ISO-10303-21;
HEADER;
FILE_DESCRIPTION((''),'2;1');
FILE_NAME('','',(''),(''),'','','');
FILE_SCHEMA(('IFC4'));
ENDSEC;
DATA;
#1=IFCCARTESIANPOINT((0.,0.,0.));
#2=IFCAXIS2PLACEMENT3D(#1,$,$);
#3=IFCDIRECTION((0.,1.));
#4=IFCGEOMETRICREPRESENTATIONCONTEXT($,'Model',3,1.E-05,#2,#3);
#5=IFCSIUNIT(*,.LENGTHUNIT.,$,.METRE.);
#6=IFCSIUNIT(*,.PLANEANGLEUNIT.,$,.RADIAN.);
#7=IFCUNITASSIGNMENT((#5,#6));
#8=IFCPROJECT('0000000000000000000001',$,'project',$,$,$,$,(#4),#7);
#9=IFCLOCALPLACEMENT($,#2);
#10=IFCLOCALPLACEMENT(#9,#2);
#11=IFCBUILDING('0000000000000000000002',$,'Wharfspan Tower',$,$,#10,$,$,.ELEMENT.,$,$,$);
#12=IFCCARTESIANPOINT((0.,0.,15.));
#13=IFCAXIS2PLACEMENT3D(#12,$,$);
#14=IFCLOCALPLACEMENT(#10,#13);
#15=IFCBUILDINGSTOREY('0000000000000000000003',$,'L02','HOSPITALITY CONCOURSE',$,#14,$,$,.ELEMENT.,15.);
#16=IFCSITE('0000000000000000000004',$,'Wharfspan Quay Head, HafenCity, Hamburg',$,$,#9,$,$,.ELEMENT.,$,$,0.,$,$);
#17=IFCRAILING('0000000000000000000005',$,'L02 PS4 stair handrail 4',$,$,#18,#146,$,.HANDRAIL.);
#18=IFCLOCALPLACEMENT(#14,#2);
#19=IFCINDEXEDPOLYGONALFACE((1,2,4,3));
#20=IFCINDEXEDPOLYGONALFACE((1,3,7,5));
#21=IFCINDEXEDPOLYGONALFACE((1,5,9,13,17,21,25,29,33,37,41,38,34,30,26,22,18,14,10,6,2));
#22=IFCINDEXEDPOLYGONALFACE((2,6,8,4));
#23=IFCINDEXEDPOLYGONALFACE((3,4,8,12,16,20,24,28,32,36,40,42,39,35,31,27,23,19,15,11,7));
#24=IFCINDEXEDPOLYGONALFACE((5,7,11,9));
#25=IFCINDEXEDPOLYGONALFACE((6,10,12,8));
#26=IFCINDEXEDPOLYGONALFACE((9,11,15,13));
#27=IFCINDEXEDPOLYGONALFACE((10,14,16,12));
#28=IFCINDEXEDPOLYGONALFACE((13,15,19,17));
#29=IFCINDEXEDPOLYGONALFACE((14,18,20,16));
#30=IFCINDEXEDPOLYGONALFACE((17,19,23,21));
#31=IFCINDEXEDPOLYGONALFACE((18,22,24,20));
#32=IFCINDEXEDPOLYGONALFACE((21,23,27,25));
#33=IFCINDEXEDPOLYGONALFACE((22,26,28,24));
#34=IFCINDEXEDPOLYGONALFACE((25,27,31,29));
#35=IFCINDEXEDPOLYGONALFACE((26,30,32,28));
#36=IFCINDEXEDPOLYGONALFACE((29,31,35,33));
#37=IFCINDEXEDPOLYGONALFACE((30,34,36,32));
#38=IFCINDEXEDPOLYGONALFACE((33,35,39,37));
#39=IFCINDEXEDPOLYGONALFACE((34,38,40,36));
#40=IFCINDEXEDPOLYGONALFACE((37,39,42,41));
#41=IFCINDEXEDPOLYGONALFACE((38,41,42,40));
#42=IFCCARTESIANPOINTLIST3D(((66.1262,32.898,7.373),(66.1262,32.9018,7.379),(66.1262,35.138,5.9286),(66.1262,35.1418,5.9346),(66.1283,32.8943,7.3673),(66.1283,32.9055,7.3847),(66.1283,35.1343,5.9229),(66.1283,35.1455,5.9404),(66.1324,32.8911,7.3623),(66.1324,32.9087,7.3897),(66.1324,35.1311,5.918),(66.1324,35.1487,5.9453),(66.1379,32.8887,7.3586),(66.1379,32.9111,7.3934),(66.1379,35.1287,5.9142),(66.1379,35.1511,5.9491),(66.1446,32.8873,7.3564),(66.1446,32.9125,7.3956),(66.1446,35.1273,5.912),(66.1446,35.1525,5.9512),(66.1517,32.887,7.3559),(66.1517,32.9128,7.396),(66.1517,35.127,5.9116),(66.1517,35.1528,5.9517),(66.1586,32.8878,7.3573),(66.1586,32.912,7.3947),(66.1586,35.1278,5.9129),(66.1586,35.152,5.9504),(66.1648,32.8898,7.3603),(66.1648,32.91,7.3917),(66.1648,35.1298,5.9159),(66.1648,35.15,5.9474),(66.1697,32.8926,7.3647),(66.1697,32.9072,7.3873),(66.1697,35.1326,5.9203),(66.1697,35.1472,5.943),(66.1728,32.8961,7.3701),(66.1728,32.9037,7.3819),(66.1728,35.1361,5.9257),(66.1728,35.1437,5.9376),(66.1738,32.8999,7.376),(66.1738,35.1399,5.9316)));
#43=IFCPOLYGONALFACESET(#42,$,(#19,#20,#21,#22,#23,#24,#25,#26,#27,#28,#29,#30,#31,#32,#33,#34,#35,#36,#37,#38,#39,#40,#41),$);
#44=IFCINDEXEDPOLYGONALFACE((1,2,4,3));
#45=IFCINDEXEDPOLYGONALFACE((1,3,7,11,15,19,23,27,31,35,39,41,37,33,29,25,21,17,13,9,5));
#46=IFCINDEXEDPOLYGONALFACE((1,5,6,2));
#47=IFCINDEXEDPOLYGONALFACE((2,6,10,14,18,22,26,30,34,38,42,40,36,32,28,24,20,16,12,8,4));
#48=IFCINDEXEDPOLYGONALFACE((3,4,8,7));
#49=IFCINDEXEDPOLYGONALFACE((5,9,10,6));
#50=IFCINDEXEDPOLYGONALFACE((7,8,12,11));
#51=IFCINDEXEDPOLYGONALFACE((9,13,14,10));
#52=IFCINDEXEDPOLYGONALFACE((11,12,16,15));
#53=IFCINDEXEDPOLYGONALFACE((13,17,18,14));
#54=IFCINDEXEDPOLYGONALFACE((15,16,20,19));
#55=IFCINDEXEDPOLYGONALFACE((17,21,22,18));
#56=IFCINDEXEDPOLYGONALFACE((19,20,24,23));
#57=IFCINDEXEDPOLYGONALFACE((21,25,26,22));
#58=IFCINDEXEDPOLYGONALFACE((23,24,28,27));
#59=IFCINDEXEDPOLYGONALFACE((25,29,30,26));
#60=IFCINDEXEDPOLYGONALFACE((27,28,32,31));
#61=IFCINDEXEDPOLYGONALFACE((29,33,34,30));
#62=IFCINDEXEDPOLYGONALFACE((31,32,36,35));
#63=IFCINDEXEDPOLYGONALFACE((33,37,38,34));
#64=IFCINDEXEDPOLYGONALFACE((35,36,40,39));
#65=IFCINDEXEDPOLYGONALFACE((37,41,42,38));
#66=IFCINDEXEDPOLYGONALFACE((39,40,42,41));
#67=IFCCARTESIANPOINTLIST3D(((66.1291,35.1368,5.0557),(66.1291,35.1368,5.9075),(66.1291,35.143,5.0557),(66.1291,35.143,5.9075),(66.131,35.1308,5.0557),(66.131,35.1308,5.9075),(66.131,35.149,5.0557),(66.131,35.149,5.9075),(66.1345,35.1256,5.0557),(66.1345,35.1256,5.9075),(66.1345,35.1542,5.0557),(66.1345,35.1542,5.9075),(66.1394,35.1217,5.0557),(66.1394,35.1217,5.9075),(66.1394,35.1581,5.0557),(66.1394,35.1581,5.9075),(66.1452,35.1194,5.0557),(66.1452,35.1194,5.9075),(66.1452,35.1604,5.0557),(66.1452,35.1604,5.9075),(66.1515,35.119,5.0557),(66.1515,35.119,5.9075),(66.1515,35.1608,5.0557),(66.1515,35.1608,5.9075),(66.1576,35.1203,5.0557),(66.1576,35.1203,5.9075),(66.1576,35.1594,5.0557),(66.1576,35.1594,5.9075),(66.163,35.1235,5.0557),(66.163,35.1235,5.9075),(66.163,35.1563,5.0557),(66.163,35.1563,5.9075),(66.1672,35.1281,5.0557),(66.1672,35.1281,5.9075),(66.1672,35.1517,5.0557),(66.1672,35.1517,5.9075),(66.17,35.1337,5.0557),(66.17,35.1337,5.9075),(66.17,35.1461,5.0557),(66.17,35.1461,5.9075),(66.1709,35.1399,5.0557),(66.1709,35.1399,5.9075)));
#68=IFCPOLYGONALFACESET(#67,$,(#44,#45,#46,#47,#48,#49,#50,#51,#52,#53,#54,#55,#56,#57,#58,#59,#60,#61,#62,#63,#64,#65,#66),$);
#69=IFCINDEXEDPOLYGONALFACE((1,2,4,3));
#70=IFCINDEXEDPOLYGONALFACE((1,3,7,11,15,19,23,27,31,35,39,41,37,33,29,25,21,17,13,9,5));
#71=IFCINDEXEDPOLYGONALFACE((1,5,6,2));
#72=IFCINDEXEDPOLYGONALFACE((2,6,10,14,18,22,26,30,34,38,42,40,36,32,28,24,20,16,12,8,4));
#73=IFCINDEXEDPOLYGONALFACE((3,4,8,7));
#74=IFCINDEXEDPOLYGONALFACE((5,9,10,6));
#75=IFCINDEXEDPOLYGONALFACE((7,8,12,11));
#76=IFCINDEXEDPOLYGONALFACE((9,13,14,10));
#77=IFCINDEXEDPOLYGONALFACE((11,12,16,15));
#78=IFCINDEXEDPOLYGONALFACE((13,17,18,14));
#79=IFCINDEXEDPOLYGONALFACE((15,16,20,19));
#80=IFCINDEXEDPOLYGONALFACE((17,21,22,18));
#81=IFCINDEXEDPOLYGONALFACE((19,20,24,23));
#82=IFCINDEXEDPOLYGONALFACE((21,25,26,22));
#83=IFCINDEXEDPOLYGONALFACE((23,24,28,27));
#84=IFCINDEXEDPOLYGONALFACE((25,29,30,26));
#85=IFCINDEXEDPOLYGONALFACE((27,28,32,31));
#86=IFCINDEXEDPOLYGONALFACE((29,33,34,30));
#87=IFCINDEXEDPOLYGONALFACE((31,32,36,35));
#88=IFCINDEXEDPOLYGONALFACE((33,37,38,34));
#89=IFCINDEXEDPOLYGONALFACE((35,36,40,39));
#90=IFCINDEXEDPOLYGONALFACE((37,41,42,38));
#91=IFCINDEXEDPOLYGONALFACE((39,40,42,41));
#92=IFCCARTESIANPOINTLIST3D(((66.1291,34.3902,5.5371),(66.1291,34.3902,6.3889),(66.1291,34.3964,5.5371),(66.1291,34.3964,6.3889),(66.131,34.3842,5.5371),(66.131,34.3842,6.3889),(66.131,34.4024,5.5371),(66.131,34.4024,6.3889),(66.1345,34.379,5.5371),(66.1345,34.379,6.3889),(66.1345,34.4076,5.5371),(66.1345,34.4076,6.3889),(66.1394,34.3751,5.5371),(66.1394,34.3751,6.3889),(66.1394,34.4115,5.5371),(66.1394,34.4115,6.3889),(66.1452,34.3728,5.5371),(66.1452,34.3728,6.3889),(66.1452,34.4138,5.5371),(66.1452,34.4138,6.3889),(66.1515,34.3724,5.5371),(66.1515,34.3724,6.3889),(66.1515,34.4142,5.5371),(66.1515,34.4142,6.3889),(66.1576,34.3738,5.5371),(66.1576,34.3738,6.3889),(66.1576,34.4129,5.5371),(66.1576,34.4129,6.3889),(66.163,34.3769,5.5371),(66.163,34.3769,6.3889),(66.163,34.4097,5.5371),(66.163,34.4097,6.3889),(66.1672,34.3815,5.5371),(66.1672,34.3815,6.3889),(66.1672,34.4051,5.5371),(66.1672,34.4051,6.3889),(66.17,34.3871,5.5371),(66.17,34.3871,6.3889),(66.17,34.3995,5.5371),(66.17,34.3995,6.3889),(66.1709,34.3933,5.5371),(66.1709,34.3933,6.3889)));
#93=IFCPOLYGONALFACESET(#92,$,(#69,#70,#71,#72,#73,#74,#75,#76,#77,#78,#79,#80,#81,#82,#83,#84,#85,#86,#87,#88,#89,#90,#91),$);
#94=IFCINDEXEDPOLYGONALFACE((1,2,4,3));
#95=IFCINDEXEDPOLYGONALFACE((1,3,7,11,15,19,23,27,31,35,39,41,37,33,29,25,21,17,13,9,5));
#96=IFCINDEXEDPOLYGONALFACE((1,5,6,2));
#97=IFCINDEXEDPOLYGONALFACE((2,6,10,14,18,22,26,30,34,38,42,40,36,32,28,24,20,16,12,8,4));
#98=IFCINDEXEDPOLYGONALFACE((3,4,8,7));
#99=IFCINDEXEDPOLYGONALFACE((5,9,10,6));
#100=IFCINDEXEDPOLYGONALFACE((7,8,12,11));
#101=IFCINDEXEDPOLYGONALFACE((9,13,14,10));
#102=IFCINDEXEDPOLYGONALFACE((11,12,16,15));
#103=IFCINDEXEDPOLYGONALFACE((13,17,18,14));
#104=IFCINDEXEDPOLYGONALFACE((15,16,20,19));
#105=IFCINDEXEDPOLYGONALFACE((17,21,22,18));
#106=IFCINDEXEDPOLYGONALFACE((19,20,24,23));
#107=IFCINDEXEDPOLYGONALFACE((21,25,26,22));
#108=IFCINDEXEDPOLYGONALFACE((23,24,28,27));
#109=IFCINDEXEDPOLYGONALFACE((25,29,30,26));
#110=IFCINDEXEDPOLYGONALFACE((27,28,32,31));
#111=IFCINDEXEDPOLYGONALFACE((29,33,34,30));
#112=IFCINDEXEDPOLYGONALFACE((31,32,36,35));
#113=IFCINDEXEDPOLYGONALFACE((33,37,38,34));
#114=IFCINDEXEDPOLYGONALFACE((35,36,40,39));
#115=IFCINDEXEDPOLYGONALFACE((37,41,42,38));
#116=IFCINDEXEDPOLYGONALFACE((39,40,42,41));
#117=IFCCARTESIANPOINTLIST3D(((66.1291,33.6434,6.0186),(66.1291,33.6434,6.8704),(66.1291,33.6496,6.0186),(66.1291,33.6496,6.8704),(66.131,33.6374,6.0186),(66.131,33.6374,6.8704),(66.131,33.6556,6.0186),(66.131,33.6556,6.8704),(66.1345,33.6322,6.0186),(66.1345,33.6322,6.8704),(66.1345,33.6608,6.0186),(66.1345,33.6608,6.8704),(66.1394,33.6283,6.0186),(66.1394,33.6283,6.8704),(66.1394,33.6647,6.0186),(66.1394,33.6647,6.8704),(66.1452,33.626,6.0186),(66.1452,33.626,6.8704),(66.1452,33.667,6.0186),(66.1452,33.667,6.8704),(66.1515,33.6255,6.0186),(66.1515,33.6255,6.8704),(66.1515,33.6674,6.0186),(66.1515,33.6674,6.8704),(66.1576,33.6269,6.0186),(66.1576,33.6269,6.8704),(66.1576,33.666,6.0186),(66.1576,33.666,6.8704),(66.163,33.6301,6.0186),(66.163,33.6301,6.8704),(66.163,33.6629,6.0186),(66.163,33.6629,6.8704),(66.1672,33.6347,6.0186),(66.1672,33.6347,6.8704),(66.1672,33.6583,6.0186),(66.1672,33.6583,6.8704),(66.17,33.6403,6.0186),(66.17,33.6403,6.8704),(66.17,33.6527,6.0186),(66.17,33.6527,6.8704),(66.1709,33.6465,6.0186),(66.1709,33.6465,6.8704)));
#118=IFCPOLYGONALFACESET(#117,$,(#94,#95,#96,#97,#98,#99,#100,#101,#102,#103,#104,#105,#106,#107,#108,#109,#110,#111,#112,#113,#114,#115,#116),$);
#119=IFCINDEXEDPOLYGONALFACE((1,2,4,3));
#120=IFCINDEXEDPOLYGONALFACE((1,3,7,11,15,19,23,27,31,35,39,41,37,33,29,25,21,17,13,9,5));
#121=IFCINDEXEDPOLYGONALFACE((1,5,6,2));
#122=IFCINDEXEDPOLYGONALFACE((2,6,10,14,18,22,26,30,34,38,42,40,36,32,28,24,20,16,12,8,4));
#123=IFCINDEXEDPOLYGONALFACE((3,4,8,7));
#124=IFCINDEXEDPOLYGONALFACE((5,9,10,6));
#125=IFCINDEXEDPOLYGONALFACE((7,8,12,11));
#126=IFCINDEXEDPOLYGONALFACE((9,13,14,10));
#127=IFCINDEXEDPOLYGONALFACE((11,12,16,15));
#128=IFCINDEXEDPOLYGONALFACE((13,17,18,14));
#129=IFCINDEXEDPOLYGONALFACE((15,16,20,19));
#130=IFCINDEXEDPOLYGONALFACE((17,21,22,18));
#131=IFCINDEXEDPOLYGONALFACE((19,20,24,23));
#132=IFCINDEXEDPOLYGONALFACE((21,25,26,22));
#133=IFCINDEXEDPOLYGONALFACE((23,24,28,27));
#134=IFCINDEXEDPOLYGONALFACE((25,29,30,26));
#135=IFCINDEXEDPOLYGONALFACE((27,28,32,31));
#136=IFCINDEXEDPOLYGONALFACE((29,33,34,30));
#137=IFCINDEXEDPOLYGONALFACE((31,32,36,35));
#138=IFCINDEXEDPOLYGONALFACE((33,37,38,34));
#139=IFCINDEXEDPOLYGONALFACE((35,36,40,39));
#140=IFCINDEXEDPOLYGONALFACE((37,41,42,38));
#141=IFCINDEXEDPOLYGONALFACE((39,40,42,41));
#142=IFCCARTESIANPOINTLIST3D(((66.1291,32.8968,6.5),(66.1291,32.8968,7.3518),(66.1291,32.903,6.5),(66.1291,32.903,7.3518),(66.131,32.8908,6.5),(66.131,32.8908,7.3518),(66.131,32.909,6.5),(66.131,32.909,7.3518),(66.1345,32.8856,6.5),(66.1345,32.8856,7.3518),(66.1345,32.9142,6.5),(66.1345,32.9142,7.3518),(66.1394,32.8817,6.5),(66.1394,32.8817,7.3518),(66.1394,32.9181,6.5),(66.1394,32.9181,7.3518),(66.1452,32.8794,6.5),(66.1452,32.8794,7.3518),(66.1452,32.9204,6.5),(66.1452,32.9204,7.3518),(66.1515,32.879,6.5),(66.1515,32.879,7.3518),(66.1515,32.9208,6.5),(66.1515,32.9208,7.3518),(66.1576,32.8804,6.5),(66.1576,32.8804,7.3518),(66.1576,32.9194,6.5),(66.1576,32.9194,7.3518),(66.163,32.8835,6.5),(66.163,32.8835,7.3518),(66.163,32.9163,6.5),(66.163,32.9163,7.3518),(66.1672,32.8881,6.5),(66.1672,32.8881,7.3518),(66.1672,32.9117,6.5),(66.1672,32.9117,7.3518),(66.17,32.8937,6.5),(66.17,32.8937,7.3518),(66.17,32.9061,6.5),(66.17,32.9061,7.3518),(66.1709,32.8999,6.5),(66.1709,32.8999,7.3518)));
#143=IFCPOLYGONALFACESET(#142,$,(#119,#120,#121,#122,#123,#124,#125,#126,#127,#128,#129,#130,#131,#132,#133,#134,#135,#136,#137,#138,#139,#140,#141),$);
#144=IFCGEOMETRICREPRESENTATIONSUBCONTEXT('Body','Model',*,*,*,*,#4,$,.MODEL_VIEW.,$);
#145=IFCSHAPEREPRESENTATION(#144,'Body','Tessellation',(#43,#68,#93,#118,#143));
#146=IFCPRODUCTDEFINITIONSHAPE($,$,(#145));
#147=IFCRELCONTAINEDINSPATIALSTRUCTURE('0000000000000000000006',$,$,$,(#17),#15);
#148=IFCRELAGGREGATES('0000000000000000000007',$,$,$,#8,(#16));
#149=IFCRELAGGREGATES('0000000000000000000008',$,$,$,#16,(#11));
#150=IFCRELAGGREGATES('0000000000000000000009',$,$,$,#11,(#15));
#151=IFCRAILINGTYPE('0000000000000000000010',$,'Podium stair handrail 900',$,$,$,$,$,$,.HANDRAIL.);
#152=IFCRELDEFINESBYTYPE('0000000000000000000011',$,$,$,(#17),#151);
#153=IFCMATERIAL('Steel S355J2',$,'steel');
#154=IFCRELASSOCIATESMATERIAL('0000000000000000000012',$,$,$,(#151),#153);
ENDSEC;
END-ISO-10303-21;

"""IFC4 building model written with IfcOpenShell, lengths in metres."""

from ifc_helpers import new_model, si_unit, direction, frame, origin, origin_2d, place, context, subcontext, project, spatial, circle, extrude, material, type_object, element, save


model = new_model("IFC4")

# Units and contexts
model_context = context("Model", 3, precision=1e-05, world=origin(), true_north=direction((0.0, 1.0)))
body_context = subcontext(model_context, "Body", "Model", "MODEL_VIEW")
ifc_project = project(units=[si_unit("LENGTHUNIT", "METRE"), si_unit("PLANEANGLEUNIT", "RADIAN")], contexts=[model_context])

# Site, building, storey
site_placement = place(None, origin())
site = spatial("IfcSite", under=ifc_project, at=site_placement, Name="Wharfspan Quay Head, HafenCity, Hamburg", CompositionType="ELEMENT", RefElevation=0.0)
building_placement = place(site_placement, origin())
building = spatial("IfcBuilding", under=site, at=building_placement, Name="Wharfspan Tower", CompositionType="ELEMENT")
storey_placement = place(building_placement, frame((0.0, 0.0, 15.0)))
storey = spatial("IfcBuildingStorey", under=building, at=storey_placement, Name="L02", Description="HOSPITALITY CONCOURSE", CompositionType="ELEMENT", Elevation=15.0)

# Railing
ifc_material_1 = material(Name="Steel S355J2", Category="steel")
railing_type_1 = type_object("IfcRailingType", Name="Podium stair handrail 900", PredefinedType="HANDRAIL", material=ifc_material_1)
railing_1_placement = place(storey_placement, frame((66.1499, 35.1399, 5.0557)))
element("IfcRailing", 1, at=railing_1_placement, inside=storey, type_object=railing_type_1, Name="L02 PS4 stair handrail 4", PredefinedType="HANDRAIL", context=body_context, shape_type="SweptSolid", body=[
    extrude(circle(Radius=0.0239, at=origin_2d()), frame((0.0, 0.0, 0.876), z_axis=(0.0, -0.840437, 0.54191), x_axis=(1.0, 0.0, 0.0)), (0.0, 0.0, 1.0), 2.6653),
    extrude(circle(Radius=0.021, at=origin_2d()), origin(), (0.0, 0.0, 1.0), 0.8518),
    extrude(circle(Radius=0.021, at=origin_2d()), frame((0.0, -0.7466, 0.4814)), (0.0, 0.0, 1.0), 0.8518),
    extrude(circle(Radius=0.021, at=origin_2d()), frame((0.0, -1.4934, 0.9629)), (0.0, 0.0, 1.0), 0.8518),
    extrude(circle(Radius=0.021, at=origin_2d()), frame((0.0, -2.24, 1.4443)), (0.0, 0.0, 1.0), 0.8518),
])

save(model, "model.ifc")
